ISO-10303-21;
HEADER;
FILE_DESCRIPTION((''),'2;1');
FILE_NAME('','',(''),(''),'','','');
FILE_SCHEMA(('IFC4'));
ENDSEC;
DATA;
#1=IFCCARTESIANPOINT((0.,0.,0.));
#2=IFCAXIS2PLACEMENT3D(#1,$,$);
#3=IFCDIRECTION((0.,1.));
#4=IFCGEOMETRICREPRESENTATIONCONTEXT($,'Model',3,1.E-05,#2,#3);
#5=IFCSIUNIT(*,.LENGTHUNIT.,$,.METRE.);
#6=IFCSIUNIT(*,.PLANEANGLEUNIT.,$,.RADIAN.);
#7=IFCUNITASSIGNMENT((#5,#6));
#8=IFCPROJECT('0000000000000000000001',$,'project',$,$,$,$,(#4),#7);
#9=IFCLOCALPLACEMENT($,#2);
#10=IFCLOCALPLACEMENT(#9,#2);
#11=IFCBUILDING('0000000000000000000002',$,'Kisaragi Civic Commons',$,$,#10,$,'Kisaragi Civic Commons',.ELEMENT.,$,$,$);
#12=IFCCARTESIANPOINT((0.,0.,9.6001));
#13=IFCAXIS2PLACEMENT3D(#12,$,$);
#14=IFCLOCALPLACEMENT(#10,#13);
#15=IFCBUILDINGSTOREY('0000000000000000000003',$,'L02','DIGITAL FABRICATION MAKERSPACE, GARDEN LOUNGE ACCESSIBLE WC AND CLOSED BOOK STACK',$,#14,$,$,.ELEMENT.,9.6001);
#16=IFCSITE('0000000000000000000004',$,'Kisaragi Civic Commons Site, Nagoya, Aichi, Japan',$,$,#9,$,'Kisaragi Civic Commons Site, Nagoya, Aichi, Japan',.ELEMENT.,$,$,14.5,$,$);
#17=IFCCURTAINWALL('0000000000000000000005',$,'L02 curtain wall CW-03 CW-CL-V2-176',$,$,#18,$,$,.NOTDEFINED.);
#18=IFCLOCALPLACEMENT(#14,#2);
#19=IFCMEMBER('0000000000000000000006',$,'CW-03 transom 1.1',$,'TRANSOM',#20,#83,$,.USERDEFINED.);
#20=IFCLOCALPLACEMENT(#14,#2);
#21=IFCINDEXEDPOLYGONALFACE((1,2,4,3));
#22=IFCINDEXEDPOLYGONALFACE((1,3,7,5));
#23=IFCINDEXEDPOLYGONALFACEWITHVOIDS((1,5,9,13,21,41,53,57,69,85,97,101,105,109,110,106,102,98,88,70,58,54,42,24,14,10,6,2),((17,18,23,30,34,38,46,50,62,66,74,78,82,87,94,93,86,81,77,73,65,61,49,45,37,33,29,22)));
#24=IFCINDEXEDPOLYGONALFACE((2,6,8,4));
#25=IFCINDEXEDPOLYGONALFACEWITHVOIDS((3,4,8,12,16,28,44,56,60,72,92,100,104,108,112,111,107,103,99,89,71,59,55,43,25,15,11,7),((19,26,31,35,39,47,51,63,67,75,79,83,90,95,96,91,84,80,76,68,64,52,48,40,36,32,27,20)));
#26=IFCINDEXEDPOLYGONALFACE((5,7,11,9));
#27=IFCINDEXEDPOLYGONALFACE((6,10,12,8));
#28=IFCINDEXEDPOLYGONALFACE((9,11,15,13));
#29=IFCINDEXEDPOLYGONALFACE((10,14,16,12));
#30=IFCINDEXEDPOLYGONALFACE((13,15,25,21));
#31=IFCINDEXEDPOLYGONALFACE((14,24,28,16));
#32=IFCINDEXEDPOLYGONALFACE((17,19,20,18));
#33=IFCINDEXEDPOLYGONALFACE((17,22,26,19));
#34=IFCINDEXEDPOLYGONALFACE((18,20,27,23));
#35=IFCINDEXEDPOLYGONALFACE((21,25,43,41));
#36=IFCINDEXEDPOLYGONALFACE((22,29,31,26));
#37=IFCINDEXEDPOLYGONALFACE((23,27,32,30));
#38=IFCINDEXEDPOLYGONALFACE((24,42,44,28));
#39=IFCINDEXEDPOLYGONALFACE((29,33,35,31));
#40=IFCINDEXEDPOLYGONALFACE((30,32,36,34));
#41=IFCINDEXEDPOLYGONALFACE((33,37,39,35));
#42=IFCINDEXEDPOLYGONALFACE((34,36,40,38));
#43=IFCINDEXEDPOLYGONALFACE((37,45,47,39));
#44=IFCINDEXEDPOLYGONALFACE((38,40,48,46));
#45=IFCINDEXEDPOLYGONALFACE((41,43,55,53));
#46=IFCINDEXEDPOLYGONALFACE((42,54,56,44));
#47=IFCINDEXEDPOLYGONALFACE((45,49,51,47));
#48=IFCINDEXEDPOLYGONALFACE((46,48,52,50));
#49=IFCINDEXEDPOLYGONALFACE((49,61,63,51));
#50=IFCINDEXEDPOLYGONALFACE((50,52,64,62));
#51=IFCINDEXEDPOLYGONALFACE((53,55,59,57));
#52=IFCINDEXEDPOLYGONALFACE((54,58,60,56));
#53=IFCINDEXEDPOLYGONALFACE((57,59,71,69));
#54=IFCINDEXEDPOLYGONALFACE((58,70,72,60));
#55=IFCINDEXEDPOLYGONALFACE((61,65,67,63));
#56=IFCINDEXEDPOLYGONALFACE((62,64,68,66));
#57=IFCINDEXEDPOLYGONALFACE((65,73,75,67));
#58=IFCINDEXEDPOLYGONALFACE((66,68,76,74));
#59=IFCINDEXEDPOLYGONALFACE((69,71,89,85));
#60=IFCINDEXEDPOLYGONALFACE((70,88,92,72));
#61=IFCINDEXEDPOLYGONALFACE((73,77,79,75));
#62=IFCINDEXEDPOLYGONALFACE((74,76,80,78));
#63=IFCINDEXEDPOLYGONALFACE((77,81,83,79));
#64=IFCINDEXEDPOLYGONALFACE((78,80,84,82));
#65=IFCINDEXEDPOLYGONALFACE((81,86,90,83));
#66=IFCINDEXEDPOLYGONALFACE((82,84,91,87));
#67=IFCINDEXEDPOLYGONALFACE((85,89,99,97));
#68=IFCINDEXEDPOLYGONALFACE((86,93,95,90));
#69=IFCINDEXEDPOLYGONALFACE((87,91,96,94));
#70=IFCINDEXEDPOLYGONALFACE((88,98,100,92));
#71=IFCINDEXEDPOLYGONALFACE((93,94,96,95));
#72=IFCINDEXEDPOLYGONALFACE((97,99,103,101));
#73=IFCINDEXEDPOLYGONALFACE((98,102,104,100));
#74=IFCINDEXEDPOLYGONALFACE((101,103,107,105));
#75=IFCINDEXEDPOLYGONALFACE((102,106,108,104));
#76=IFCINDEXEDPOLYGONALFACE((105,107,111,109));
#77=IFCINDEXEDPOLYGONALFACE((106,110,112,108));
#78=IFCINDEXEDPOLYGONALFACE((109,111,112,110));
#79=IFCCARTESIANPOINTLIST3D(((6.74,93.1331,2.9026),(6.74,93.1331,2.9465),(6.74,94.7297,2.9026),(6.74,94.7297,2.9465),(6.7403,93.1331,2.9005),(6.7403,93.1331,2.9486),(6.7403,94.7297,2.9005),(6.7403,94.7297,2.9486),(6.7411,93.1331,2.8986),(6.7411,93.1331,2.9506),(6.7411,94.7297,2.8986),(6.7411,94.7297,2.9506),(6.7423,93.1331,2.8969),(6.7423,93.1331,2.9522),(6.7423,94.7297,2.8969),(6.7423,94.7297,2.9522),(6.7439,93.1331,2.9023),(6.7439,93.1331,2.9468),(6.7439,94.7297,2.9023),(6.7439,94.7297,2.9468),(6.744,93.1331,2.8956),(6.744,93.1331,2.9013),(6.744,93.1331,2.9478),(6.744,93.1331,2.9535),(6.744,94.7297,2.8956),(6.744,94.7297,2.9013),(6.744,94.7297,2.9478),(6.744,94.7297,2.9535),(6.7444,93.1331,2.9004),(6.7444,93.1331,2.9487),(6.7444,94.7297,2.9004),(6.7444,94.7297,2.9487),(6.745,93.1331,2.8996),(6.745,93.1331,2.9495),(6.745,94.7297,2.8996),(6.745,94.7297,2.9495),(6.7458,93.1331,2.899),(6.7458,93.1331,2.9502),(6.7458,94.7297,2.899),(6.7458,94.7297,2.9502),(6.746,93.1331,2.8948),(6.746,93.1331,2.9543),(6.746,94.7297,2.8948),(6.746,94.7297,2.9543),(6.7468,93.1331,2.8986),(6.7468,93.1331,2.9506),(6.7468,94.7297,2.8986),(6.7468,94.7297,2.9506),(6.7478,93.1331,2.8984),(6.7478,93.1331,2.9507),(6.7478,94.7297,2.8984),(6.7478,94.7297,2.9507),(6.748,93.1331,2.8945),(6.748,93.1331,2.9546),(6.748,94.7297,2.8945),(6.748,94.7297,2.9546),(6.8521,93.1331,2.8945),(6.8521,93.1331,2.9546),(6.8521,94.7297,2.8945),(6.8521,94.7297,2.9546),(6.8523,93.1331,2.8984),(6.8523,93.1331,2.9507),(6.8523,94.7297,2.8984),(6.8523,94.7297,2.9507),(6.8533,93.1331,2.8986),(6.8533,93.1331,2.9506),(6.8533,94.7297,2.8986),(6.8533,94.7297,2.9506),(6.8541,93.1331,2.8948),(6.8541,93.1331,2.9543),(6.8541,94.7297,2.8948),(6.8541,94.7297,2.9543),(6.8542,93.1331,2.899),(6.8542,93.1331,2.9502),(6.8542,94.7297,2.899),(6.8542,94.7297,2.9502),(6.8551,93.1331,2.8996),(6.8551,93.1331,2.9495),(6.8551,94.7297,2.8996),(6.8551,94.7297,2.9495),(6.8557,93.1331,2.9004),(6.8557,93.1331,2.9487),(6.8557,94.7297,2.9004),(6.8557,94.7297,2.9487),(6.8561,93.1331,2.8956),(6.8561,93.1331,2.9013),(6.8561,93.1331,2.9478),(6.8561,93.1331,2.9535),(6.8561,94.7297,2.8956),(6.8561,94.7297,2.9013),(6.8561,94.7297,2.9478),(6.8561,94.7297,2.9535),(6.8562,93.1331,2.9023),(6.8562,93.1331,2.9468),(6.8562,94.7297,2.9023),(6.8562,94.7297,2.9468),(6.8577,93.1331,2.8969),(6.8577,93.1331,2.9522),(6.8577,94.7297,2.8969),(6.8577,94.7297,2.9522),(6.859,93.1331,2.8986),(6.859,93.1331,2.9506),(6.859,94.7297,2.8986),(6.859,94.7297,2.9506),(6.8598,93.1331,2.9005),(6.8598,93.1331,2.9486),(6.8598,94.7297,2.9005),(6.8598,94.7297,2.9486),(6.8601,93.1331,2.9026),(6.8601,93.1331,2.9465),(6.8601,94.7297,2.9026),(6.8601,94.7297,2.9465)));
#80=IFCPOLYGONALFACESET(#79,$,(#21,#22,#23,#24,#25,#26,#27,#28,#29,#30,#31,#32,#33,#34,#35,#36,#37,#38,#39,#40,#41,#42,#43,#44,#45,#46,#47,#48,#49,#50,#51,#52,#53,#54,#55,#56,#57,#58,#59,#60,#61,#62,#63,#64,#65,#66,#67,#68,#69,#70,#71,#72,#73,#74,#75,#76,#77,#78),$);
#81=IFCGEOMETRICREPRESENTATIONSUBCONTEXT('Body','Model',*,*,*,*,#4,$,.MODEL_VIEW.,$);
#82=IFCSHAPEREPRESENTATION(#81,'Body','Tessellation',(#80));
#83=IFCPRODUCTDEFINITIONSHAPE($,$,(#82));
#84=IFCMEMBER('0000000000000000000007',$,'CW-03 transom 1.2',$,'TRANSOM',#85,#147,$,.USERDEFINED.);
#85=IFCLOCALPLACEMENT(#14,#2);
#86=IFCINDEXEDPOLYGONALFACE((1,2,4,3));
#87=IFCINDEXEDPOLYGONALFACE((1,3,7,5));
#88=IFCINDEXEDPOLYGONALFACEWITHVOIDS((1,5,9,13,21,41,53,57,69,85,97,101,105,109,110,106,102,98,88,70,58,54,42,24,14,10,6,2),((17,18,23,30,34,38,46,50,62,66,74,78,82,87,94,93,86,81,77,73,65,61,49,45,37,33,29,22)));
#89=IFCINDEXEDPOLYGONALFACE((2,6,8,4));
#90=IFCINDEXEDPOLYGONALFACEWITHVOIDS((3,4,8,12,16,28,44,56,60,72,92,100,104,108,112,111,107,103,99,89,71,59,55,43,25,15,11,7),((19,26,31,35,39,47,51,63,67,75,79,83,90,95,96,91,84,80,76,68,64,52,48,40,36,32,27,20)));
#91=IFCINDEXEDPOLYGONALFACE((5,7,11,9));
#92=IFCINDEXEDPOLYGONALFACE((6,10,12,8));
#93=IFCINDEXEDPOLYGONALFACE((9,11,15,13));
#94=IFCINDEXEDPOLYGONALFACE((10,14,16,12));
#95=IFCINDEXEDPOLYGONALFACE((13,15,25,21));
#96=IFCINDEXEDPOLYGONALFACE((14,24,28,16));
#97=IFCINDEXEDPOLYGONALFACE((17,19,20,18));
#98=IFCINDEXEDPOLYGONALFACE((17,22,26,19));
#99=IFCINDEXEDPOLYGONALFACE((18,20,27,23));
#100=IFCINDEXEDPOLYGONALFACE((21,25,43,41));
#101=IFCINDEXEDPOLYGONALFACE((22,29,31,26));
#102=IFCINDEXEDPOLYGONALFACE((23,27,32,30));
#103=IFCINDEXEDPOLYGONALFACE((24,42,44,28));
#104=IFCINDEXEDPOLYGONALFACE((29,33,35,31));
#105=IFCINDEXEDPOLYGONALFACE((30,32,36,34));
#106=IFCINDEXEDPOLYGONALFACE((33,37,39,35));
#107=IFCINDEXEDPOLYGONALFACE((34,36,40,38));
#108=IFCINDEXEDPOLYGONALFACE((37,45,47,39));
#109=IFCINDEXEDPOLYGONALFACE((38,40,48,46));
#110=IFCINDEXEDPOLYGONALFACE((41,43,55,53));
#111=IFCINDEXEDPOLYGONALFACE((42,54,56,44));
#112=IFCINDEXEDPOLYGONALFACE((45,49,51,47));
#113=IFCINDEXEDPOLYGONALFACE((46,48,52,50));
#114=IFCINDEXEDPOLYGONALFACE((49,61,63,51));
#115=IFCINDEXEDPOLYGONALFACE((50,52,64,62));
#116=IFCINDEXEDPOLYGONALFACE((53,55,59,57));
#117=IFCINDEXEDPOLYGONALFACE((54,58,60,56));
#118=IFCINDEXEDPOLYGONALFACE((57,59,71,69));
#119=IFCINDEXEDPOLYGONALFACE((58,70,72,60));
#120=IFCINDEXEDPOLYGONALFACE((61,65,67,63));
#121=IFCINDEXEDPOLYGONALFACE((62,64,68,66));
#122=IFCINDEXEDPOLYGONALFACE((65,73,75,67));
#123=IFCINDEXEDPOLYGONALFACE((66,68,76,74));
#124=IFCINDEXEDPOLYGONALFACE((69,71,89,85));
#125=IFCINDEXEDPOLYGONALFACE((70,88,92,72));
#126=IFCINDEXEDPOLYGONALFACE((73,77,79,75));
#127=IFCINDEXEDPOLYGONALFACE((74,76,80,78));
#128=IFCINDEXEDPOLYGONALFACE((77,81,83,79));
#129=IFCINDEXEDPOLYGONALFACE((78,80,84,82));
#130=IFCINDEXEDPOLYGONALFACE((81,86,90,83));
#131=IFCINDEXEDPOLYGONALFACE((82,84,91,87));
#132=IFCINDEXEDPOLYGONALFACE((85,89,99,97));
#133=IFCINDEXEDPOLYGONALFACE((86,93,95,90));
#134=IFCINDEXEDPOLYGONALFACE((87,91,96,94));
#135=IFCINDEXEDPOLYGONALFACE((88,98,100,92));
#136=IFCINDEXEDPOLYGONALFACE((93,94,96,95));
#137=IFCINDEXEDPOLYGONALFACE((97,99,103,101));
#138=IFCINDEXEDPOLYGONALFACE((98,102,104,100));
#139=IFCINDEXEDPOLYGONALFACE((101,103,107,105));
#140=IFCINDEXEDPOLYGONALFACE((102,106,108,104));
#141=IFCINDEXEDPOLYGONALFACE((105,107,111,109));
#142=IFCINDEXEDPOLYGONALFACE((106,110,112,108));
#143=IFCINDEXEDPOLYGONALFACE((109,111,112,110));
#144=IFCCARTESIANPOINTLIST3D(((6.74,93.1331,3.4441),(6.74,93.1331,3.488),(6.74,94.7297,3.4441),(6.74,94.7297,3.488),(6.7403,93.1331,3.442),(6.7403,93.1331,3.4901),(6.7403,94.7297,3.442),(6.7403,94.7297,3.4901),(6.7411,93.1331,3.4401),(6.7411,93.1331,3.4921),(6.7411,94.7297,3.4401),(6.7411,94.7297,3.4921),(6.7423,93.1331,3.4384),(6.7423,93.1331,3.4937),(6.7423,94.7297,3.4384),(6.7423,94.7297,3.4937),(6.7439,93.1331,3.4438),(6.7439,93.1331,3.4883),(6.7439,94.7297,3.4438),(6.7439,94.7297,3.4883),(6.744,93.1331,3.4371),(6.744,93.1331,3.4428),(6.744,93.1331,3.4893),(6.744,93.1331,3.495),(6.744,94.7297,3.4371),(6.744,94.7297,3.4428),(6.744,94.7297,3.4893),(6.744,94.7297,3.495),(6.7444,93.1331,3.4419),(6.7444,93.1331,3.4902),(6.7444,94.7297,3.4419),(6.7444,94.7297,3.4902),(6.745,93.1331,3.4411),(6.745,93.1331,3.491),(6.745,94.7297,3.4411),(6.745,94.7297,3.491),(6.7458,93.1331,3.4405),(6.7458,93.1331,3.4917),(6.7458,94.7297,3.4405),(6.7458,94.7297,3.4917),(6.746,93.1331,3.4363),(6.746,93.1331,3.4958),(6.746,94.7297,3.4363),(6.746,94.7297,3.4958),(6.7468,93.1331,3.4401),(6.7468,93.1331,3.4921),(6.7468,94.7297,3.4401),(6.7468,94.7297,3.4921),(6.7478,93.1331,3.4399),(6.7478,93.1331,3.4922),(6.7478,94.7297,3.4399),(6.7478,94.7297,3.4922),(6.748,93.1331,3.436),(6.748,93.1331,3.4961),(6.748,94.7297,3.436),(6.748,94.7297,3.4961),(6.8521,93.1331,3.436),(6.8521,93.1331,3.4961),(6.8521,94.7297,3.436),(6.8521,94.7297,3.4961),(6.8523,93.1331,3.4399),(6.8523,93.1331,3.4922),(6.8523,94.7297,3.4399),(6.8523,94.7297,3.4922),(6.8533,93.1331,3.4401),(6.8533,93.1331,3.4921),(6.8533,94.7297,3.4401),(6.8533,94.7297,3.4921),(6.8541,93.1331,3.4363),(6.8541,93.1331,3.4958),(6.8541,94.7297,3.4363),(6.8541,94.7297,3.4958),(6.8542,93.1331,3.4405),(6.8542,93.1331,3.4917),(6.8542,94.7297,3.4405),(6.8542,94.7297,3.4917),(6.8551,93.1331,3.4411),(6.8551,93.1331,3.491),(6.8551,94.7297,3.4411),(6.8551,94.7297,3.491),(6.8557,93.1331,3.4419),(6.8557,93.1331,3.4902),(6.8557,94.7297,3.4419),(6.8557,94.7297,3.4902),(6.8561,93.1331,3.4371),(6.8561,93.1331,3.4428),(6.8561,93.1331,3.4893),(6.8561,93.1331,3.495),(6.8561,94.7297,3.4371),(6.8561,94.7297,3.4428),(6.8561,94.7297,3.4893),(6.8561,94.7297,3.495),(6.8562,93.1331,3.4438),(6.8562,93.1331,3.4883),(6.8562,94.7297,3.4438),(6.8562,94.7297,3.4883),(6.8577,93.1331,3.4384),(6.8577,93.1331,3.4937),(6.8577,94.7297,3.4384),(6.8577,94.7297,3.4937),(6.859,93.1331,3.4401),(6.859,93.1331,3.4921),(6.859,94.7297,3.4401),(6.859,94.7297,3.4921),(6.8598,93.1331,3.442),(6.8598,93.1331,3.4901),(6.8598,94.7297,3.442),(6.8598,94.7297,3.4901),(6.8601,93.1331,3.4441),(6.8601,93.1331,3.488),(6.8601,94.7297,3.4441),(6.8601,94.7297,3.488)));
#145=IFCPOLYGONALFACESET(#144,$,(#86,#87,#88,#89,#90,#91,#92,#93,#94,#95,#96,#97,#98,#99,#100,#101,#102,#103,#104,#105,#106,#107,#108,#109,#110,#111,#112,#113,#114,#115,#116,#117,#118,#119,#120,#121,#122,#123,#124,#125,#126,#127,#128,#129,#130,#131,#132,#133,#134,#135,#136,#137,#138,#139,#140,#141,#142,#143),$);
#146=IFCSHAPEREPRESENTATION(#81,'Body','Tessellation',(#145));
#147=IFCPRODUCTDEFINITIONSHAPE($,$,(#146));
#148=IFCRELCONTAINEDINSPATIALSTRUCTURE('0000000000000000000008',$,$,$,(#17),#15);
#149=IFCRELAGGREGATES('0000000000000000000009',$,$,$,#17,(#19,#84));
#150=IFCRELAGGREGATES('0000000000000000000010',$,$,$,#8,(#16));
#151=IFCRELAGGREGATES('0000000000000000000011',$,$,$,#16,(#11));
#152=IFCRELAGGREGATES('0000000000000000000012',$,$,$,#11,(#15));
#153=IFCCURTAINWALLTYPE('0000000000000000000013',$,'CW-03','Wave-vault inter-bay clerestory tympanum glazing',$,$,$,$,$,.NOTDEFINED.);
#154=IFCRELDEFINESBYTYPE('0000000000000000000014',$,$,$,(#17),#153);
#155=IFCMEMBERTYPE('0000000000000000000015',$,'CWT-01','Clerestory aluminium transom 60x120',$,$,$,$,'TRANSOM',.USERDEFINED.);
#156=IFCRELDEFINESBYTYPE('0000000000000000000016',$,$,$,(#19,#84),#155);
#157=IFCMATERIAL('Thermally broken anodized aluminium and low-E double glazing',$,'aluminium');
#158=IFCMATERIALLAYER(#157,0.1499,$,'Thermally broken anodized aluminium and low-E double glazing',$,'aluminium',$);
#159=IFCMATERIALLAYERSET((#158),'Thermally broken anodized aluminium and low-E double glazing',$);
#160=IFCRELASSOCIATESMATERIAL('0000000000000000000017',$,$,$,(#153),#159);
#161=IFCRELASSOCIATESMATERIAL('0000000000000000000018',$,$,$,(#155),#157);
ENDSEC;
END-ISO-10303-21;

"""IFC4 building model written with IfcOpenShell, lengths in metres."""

from ifc_helpers import new_model, si_unit, direction, frame, origin, origin_2d, place, context, subcontext, project, spatial, hollow_rectangle, extrude, material, layer, layer_set, material_profile, profile_set, type_object, element, aggregate, save


model = new_model("IFC4")

# Units and contexts
model_context = context("Model", 3, precision=1e-05, world=origin(), true_north=direction((0.0, 1.0)))
body_context = subcontext(model_context, "Body", "Model", "MODEL_VIEW")
ifc_project = project(units=[si_unit("LENGTHUNIT", "METRE"), si_unit("PLANEANGLEUNIT", "RADIAN")], contexts=[model_context])

# Site, building, storey
site_placement = place(None, origin())
site = spatial("IfcSite", under=ifc_project, at=site_placement, Name="Kisaragi Civic Commons Site, Nagoya, Aichi, Japan", LongName="Kisaragi Civic Commons Site, Nagoya, Aichi, Japan", CompositionType="ELEMENT", RefElevation=14.5)
building_placement = place(site_placement, origin())
building = spatial("IfcBuilding", under=site, at=building_placement, Name="Kisaragi Civic Commons", LongName="Kisaragi Civic Commons", CompositionType="ELEMENT")
storey_placement = place(building_placement, frame((0.0, 0.0, 9.6001)))
storey = spatial("IfcBuildingStorey", under=building, at=storey_placement, Name="L02", Description="DIGITAL FABRICATION MAKERSPACE, GARDEN LOUNGE ACCESSIBLE WC AND CLOSED BOOK STACK", CompositionType="ELEMENT", Elevation=9.6001)

# Shared definitions
ifc_material_1 = material(Name="Thermally broken anodized aluminium and low-E double glazing", Category="aluminium")
ifc_layer_1 = layer(ifc_material_1, 0.1499, Name="Thermally broken anodized aluminium and low-E double glazing", Category="aluminium")
ifc_layer_set_1 = layer_set([ifc_layer_1], Name="Thermally broken anodized aluminium and low-E double glazing")
curtain_wall_type = type_object("IfcCurtainWallType", Name="CW-03", Description="Wave-vault inter-bay clerestory tympanum glazing", PredefinedType="NOTDEFINED", material=ifc_layer_set_1)

# Curtain wall
curtain_wall_1_placement = place(storey_placement, origin())
curtain_wall_1 = element("IfcCurtainWall", 1, at=curtain_wall_1_placement, inside=storey, type_object=curtain_wall_type, Name="L02 curtain wall CW-03 CW-CL-V2-176", PredefinedType="NOTDEFINED")

# Members
ifc_material_profile_1 = material_profile(ifc_material_1, hollow_rectangle(XDim=0.1201, YDim=0.0601, WallThickness=0.0039, InnerFilletRadius=0.0039, OuterFilletRadius=0.0081, at=origin_2d()), Name="CWT-60x120x4", Category="aluminium")
ifc_profile_set_1 = profile_set([ifc_material_profile_1], Name="Thermally broken anodized aluminium and low-E double glazing")
member_type_1 = type_object("IfcMemberType", Name="CWT-01", Description="Clerestory aluminium transom 60x120", ElementType="TRANSOM", PredefinedType="USERDEFINED", material=ifc_profile_set_1)
member_1_placement = place(storey_placement, frame((6.8, 93.1331, 2.9246), z_axis=(0.0, 1.0, 0.0), x_axis=(-1.0, 0.0, 0.0)))
member_1 = element("IfcMember", 2, at=member_1_placement, type_object=member_type_1, Name="CW-03 transom 1.1", ObjectType="TRANSOM", PredefinedType="USERDEFINED", context=body_context, shape_type="SweptSolid", body=[
    extrude(hollow_rectangle(XDim=0.1201, YDim=0.0601, WallThickness=0.0039, InnerFilletRadius=0.0039, OuterFilletRadius=0.0081, at=origin_2d()), origin(), (0.0, 0.0, 1.0), 1.5967),
])
member_2_placement = place(storey_placement, frame((6.8, 93.1331, 3.4661), z_axis=(0.0, 1.0, 0.0), x_axis=(-1.0, 0.0, 0.0)))
member_2 = element("IfcMember", 3, at=member_2_placement, type_object=member_type_1, Name="CW-03 transom 1.2", ObjectType="TRANSOM", PredefinedType="USERDEFINED", context=body_context, shape_type="SweptSolid", body=[
    extrude(hollow_rectangle(XDim=0.1201, YDim=0.0601, WallThickness=0.0039, InnerFilletRadius=0.0039, OuterFilletRadius=0.0081, at=origin_2d()), origin(), (0.0, 0.0, 1.0), 1.5967),
])

aggregate(curtain_wall_1, [member_1, member_2])

save(model, "model.ifc")
